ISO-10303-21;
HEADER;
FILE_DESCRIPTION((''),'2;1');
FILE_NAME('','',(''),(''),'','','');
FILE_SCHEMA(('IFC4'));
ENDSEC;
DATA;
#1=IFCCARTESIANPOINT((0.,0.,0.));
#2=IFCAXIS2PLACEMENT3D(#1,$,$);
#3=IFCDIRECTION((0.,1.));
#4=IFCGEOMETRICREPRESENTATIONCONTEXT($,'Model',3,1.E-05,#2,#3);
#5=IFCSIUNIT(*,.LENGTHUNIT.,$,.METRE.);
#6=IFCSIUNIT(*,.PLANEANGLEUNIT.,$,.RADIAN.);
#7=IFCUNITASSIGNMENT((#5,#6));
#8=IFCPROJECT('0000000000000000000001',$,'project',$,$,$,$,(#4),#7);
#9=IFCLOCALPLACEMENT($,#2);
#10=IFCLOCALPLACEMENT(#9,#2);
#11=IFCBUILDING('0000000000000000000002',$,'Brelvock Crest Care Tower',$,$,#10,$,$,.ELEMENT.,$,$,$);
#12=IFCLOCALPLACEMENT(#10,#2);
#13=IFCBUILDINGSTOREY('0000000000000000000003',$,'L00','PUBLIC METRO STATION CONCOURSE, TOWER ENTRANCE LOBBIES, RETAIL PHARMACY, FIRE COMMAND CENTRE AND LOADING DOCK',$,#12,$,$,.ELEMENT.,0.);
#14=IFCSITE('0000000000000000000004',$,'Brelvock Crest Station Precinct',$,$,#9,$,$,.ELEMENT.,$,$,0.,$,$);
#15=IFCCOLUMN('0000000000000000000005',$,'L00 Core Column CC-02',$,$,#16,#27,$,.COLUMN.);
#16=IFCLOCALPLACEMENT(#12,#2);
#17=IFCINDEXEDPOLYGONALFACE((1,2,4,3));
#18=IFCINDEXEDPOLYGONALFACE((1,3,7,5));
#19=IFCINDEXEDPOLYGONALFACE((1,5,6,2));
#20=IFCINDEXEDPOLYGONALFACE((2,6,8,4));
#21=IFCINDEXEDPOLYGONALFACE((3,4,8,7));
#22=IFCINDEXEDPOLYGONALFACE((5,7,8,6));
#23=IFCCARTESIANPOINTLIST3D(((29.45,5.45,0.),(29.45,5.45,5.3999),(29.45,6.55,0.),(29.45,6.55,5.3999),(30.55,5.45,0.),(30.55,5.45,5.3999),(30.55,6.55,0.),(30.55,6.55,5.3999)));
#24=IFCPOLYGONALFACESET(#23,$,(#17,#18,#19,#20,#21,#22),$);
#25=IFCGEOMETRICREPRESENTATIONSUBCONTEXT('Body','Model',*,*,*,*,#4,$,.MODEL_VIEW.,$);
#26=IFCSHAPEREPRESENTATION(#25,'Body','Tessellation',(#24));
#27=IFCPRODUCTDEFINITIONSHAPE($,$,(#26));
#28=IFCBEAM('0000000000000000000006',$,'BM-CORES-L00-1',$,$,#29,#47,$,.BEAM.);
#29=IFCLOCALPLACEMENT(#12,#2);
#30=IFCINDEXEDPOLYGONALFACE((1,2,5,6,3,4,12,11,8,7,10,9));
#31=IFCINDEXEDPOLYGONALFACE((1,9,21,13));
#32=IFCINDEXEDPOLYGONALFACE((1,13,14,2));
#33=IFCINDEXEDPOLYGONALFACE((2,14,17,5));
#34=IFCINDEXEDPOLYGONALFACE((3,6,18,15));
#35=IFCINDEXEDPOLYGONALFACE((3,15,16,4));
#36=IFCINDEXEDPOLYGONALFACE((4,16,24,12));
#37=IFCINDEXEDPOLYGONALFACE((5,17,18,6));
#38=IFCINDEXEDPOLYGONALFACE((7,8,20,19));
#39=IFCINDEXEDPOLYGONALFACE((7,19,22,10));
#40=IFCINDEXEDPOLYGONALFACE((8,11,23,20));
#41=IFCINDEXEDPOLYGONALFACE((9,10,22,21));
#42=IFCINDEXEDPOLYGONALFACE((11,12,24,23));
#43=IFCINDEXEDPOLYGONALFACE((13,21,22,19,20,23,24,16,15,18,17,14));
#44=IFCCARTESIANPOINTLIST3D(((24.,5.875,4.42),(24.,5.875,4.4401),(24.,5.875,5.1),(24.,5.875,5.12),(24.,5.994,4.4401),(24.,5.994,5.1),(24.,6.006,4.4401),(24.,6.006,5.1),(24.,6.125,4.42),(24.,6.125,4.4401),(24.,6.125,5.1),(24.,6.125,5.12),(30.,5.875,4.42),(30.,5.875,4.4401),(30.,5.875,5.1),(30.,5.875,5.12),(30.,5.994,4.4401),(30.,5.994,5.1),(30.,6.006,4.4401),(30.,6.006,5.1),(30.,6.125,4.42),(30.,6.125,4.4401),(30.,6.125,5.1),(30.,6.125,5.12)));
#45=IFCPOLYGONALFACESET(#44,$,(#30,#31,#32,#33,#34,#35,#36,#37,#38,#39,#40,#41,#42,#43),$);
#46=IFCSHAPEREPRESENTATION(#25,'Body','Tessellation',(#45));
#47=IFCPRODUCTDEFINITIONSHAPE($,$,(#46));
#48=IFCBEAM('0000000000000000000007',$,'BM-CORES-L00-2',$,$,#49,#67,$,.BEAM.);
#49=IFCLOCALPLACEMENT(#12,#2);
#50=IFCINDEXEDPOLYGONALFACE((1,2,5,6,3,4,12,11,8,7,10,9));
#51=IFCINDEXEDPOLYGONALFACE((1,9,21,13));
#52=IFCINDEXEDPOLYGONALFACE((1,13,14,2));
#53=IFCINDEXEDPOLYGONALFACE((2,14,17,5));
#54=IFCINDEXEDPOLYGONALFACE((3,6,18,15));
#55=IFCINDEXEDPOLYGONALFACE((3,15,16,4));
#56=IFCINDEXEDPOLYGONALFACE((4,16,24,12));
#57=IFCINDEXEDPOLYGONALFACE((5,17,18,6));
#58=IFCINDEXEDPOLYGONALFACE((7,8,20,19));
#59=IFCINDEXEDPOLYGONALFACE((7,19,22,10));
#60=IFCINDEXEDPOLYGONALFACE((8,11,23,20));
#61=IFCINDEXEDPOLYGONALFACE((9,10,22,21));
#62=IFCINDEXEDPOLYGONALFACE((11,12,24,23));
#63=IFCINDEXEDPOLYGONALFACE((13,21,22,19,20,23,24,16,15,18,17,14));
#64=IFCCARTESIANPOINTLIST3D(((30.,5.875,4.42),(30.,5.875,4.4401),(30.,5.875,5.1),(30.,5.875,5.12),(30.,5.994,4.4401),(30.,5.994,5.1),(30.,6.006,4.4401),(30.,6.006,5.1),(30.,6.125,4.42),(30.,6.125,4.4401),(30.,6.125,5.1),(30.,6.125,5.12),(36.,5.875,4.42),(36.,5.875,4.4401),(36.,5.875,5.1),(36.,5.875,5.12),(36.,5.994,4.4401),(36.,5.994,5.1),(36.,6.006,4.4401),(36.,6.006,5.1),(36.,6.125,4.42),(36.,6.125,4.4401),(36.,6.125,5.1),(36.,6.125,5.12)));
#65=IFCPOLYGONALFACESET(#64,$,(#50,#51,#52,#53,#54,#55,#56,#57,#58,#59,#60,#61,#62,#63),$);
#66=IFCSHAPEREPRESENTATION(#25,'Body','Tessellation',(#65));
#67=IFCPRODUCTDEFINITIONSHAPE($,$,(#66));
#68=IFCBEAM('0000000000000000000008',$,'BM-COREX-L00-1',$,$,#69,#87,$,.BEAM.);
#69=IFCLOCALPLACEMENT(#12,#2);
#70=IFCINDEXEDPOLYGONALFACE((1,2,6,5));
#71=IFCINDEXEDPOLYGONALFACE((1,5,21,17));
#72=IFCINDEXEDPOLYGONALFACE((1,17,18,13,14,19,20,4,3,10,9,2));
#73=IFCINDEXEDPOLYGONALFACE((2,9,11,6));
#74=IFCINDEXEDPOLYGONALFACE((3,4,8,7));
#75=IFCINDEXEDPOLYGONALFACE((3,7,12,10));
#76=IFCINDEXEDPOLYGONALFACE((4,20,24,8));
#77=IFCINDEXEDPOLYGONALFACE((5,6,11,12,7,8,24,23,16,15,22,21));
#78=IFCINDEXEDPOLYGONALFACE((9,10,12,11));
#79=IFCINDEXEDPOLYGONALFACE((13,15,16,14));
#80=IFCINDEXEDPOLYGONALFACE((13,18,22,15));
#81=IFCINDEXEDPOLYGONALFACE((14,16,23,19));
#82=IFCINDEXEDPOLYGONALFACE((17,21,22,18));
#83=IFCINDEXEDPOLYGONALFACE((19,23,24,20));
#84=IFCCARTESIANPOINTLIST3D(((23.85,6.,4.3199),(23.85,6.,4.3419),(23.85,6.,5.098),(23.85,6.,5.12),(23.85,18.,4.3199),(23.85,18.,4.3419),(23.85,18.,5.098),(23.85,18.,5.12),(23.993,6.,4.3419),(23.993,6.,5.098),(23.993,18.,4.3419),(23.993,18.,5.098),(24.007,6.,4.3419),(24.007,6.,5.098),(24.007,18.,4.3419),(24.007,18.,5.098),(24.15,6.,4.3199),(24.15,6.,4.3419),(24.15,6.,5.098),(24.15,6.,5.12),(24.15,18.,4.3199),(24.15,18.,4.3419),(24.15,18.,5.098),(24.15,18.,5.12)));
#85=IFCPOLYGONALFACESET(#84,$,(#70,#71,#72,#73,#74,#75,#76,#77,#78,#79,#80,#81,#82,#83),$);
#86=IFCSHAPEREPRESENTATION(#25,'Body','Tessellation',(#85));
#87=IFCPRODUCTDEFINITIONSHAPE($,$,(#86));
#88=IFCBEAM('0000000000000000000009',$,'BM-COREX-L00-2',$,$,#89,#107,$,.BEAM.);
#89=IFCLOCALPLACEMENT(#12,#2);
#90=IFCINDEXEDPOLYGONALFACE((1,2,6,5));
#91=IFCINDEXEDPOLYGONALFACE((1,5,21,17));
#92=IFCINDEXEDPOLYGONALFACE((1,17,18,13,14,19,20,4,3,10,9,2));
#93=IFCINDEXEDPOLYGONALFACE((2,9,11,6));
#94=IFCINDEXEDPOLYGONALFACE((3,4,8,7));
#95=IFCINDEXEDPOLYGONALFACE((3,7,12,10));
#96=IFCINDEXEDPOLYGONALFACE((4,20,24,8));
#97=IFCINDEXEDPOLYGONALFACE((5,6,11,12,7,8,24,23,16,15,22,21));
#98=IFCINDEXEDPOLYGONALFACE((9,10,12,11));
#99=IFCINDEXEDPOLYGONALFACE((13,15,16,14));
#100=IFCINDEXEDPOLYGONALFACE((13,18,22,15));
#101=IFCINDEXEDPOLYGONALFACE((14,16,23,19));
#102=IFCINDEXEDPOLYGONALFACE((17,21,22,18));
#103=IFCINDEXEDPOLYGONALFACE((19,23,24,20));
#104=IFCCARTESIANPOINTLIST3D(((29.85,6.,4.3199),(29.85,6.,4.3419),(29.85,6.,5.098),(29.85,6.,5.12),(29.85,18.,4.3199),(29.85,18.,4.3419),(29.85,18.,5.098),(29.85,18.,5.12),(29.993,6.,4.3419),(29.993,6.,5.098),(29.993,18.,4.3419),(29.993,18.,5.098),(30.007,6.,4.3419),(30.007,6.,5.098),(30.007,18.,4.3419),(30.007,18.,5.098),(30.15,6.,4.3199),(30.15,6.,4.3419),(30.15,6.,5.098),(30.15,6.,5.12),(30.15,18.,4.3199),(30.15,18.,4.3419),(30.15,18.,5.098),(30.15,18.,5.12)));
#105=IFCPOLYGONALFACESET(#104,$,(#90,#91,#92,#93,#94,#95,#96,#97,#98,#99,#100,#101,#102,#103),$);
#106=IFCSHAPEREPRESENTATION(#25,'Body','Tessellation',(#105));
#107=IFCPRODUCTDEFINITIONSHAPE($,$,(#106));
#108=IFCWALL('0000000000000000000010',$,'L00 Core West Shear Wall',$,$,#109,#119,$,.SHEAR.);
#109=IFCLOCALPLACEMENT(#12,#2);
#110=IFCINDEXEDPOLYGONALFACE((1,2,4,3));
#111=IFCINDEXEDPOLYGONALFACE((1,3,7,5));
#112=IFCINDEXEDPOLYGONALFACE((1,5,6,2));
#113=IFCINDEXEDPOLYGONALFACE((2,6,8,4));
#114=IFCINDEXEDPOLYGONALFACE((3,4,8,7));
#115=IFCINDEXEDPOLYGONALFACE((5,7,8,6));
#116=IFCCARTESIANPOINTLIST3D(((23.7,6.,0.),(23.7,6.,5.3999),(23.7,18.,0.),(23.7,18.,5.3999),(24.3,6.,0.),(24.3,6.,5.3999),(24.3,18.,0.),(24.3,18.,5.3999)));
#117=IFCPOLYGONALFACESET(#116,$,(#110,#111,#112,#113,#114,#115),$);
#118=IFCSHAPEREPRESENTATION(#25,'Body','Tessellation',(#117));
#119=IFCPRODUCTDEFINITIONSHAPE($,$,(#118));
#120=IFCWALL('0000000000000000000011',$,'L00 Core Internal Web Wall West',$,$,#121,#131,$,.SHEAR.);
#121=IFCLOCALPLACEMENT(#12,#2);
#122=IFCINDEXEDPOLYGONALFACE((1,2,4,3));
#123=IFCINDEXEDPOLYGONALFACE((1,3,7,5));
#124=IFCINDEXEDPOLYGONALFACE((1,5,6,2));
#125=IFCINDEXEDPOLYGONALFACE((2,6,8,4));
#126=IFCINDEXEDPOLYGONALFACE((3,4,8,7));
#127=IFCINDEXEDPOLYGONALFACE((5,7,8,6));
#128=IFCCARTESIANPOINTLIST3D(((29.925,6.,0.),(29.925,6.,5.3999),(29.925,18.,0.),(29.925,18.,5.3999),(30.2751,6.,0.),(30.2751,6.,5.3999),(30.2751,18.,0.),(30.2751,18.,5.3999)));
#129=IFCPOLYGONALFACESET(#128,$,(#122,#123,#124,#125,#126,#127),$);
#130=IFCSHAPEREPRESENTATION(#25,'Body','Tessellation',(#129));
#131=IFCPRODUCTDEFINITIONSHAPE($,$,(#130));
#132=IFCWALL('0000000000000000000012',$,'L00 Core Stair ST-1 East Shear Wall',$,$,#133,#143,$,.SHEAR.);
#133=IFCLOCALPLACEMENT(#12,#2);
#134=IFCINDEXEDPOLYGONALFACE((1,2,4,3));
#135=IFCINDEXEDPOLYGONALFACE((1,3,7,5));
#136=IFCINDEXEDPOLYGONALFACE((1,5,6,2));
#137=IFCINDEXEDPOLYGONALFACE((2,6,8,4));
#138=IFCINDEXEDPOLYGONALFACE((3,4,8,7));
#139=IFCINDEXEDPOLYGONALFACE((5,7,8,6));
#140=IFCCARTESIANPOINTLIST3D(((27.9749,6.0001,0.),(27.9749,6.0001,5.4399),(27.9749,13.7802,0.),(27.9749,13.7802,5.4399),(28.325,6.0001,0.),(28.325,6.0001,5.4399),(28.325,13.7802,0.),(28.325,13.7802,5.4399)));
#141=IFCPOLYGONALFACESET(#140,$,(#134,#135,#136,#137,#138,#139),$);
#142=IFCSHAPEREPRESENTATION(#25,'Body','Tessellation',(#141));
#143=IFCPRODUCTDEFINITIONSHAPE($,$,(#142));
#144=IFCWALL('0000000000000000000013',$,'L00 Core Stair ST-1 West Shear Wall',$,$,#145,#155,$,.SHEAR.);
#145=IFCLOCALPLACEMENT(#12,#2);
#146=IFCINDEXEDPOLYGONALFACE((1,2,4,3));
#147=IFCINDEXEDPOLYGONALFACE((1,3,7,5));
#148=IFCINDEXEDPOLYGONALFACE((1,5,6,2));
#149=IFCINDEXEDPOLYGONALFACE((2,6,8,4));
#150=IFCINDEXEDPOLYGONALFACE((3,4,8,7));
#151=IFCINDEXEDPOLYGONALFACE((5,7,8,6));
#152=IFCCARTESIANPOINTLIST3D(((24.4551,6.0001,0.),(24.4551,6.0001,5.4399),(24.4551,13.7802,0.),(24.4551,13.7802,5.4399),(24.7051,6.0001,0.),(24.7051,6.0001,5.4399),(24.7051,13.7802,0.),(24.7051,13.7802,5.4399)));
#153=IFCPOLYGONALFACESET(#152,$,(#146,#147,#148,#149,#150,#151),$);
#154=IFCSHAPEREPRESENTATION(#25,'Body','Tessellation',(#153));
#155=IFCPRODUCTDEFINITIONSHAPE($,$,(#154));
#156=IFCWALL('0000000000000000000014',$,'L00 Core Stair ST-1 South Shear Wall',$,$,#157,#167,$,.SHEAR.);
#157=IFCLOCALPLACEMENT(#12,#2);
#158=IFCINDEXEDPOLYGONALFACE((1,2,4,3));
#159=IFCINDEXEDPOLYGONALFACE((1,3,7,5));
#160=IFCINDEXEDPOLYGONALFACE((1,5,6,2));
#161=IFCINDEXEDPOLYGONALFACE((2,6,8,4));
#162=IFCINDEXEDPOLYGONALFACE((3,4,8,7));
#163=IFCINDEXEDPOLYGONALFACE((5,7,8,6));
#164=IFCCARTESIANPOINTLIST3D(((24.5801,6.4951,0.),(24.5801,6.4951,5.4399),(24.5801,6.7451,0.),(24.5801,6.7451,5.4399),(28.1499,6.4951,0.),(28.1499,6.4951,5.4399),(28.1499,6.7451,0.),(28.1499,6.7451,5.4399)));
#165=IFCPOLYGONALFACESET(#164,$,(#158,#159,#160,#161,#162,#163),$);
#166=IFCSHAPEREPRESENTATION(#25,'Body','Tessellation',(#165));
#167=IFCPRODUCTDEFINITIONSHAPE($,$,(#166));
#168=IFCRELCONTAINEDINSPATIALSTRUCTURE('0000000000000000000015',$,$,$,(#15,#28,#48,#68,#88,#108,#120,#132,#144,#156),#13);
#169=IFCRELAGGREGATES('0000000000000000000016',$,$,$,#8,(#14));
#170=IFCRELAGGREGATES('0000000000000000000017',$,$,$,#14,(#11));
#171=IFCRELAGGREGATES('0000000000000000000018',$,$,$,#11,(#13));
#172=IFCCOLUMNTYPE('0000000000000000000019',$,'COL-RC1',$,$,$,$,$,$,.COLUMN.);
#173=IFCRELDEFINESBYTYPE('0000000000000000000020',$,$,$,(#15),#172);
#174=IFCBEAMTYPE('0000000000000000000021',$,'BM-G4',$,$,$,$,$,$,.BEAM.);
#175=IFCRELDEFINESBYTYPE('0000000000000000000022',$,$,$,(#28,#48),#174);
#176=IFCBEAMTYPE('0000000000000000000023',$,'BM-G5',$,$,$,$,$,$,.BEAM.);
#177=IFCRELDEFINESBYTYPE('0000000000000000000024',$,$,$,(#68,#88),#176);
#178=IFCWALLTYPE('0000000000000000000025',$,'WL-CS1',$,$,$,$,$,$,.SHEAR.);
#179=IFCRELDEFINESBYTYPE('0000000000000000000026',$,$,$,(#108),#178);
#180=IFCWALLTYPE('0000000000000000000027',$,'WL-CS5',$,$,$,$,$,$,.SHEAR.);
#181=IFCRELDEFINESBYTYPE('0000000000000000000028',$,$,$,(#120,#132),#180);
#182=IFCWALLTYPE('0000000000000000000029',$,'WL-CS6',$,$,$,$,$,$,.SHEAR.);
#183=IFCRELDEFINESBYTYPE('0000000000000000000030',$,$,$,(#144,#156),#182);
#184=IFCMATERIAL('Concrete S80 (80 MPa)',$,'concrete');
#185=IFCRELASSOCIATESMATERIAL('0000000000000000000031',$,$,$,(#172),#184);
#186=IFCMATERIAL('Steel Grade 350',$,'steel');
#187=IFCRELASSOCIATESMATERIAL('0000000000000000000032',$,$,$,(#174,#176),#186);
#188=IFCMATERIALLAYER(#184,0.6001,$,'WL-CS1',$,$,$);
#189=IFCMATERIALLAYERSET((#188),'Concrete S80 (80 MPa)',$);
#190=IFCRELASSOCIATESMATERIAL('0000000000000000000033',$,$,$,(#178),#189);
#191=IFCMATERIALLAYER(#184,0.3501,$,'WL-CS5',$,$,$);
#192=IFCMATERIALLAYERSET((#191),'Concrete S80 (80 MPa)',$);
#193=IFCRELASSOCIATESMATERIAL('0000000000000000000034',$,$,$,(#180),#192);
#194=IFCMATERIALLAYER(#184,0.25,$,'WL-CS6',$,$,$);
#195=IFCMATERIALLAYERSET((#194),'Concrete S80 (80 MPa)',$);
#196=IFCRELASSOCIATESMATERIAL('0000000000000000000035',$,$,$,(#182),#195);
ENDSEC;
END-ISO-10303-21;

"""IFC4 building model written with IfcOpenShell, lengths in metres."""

from ifc_helpers import new_model, si_unit, direction, frame, frame_2d, origin, origin_2d, place, context, subcontext, project, spatial, rectangle, i_section, extrude, source, transform, mapped, material, layer, layer_set, material_profile, profile_set, type_object, element, save


model = new_model("IFC4")

# Units and contexts
model_context = context("Model", 3, precision=1e-05, world=origin(), true_north=direction((0.0, 1.0)))
body_context = subcontext(model_context, "Body", "Model", "MODEL_VIEW")
ifc_project = project(units=[si_unit("LENGTHUNIT", "METRE"), si_unit("PLANEANGLEUNIT", "RADIAN")], contexts=[model_context])

# Site, building, storey
site_placement = place(None, origin())
site = spatial("IfcSite", under=ifc_project, at=site_placement, Name="Brelvock Crest Station Precinct", CompositionType="ELEMENT", RefElevation=0.0)
building_placement = place(site_placement, origin())
building = spatial("IfcBuilding", under=site, at=building_placement, Name="Brelvock Crest Care Tower", CompositionType="ELEMENT")
storey_placement = place(building_placement, origin())
storey = spatial("IfcBuildingStorey", under=building, at=storey_placement, Name="L00", Description="PUBLIC METRO STATION CONCOURSE, TOWER ENTRANCE LOBBIES, RETAIL PHARMACY, FIRE COMMAND CENTRE AND LOADING DOCK", CompositionType="ELEMENT", Elevation=0.0)

# Column
ifc_material_1 = material(Name="Concrete S80 (80 MPa)", Category="concrete")
ifc_material_profile_1 = material_profile(ifc_material_1, rectangle(XDim=1.1001, YDim=1.1001, at=origin_2d()), Name="RC1100x1100")
ifc_profile_set_1 = profile_set([ifc_material_profile_1], Name="Concrete S80 (80 MPa)")
column_type = type_object("IfcColumnType", Name="COL-RC1", PredefinedType="COLUMN", material=ifc_profile_set_1)
shared_shape_1 = source(origin(), body_context, "Body", "SweptSolid", [
    extrude(rectangle(XDim=1.1001, YDim=1.1001, at=origin_2d()), origin(), (0.0, 0.0, 1.0), 5.3999),
])
column_placement = place(storey_placement, frame((30.0, 6.0, 0.0), z_axis=(0.0, 0.0, 1.0), x_axis=(1.0, 0.0, 0.0)))
element("IfcColumn", 1, at=column_placement, inside=storey, type_object=column_type, Name="L00 Core Column CC-02", PredefinedType="COLUMN", context=body_context, shape_type="MappedRepresentation", body=[
    mapped(shared_shape_1, transform((0.0, 0.0, 0.0), x_axis=(1.0, 0.0, 0.0), y_axis=(0.0, 1.0, 0.0), z_axis=(0.0, 0.0, 1.0), scale=1.0)),
])

# Beams
ifc_material_2 = material(Name="Steel Grade 350", Category="steel")
ifc_material_profile_2 = material_profile(ifc_material_2, i_section(OverallWidth=0.25, OverallDepth=0.7, WebThickness=0.012, FlangeThickness=0.02, at=origin_2d()), Name="700WB150")
ifc_profile_set_2 = profile_set([ifc_material_profile_2], Name="Steel Grade 350")
beam_type_1 = type_object("IfcBeamType", Name="BM-G4", PredefinedType="BEAM", material=ifc_profile_set_2)
shared_shape_2 = source(origin(), body_context, "Body", "SweptSolid", [
    extrude(i_section(OverallWidth=0.25, OverallDepth=0.7, WebThickness=0.012, FlangeThickness=0.02, at=origin_2d()), origin(), (0.0, 0.0, 1.0), 6.0),
])
for number, where, z_axis, x_axis, name in (
    (2, (24.0, 6.0, 4.77), (1.0, 0.0, 0.0), (0.0, 1.0, 0.0), "BM-CORES-L00-1"),
    (3, (30.0, 6.0, 4.77), (1.0, 0.0, 0.0), (0.0, 1.0, 0.0), "BM-CORES-L00-2"),
):
    element("IfcBeam", number, at=place(storey_placement, frame(where, z_axis=z_axis, x_axis=x_axis)), inside=storey, type_object=beam_type_1, Name=name, PredefinedType="BEAM", context=body_context, shape_type="MappedRepresentation", body=[
        mapped(shared_shape_2, transform((0.0, 0.0, 0.0), x_axis=(1.0, 0.0, 0.0), y_axis=(0.0, 1.0, 0.0), z_axis=(0.0, 0.0, 1.0), scale=1.0)),
    ])
ifc_material_profile_3 = material_profile(ifc_material_2, i_section(OverallWidth=0.3, OverallDepth=0.8, WebThickness=0.0139, FlangeThickness=0.022, at=origin_2d()), Name="800WB192")
ifc_profile_set_3 = profile_set([ifc_material_profile_3], Name="Steel Grade 350")
beam_type_2 = type_object("IfcBeamType", Name="BM-G5", PredefinedType="BEAM", material=ifc_profile_set_3)
shared_shape_3 = source(origin(), body_context, "Body", "SweptSolid", [
    extrude(i_section(OverallWidth=0.3, OverallDepth=0.8, WebThickness=0.0139, FlangeThickness=0.022, at=origin_2d()), origin(), (0.0, 0.0, 1.0), 12.0),
])
for number, where, z_axis, x_axis, name in (
    (4, (24.0, 6.0, 4.72), (0.0, 1.0, 0.0), (-1.0, 0.0, 0.0), "BM-COREX-L00-1"),
    (5, (30.0, 6.0, 4.72), (0.0, 1.0, 0.0), (-1.0, 0.0, 0.0), "BM-COREX-L00-2"),
):
    element("IfcBeam", number, at=place(storey_placement, frame(where, z_axis=z_axis, x_axis=x_axis)), inside=storey, type_object=beam_type_2, Name=name, PredefinedType="BEAM", context=body_context, shape_type="MappedRepresentation", body=[
        mapped(shared_shape_3, transform((0.0, 0.0, 0.0), x_axis=(1.0, 0.0, 0.0), y_axis=(0.0, 1.0, 0.0), z_axis=(0.0, 0.0, 1.0), scale=1.0)),
    ])

# Walls
ifc_layer_1 = layer(ifc_material_1, 0.6001, Name="WL-CS1")
ifc_layer_set_1 = layer_set([ifc_layer_1], Name="Concrete S80 (80 MPa)")
wall_type_1 = type_object("IfcWallType", Name="WL-CS1", PredefinedType="SHEAR", material=ifc_layer_set_1)
wall_1_placement = place(storey_placement, frame((24.0, 6.0, 0.0), z_axis=(0.0, 0.0, 1.0), x_axis=(0.0, 1.0, 0.0)))
element("IfcWall", 6, at=wall_1_placement, inside=storey, type_object=wall_type_1, Name="L00 Core West Shear Wall", PredefinedType="SHEAR", context=body_context, shape_type="SweptSolid", body=[
    extrude(rectangle(XDim=12.0, YDim=0.6001, at=frame_2d((6.0, 0.0))), origin(), (0.0, 0.0, 1.0), 5.3999),
])
ifc_layer_2 = layer(ifc_material_1, 0.3501, Name="WL-CS5")
ifc_layer_set_2 = layer_set([ifc_layer_2], Name="Concrete S80 (80 MPa)")
wall_type_2 = type_object("IfcWallType", Name="WL-CS5", PredefinedType="SHEAR", material=ifc_layer_set_2)
wall_2_placement = place(storey_placement, frame((30.1001, 6.0, 0.0), z_axis=(0.0, 0.0, 1.0), x_axis=(0.0, 1.0, 0.0)))
element("IfcWall", 7, at=wall_2_placement, inside=storey, type_object=wall_type_2, Name="L00 Core Internal Web Wall West", PredefinedType="SHEAR", context=body_context, shape_type="SweptSolid", body=[
    extrude(rectangle(XDim=12.0, YDim=0.3501, at=frame_2d((6.0, 0.0))), origin(), (0.0, 0.0, 1.0), 5.3999),
])
wall_3_placement = place(storey_placement, frame((28.1499, 6.0, 0.0), z_axis=(0.0, 0.0, 1.0), x_axis=(0.0, 1.0, 0.0)))
element("IfcWall", 8, at=wall_3_placement, inside=storey, type_object=wall_type_2, Name="L00 Core Stair ST-1 East Shear Wall", PredefinedType="SHEAR", context=body_context, shape_type="SweptSolid", body=[
    extrude(rectangle(XDim=7.78, YDim=0.3501, at=frame_2d((3.8901, 0.0))), origin(), (0.0, 0.0, 1.0), 5.4399),
])
ifc_layer_3 = layer(ifc_material_1, 0.25, Name="WL-CS6")
ifc_layer_set_3 = layer_set([ifc_layer_3], Name="Concrete S80 (80 MPa)")
wall_type_3 = type_object("IfcWallType", Name="WL-CS6", PredefinedType="SHEAR", material=ifc_layer_set_3)
wall_4_placement = place(storey_placement, frame((24.5801, 6.0, 0.0), z_axis=(0.0, 0.0, 1.0), x_axis=(0.0, 1.0, 0.0)))
element("IfcWall", 9, at=wall_4_placement, inside=storey, type_object=wall_type_3, Name="L00 Core Stair ST-1 West Shear Wall", PredefinedType="SHEAR", context=body_context, shape_type="SweptSolid", body=[
    extrude(rectangle(XDim=7.78, YDim=0.25, at=frame_2d((3.8901, 0.0))), origin(), (0.0, 0.0, 1.0), 5.4399),
])
wall_5_placement = place(storey_placement, frame((24.5801, 6.6201, 0.0), z_axis=(0.0, 0.0, 1.0), x_axis=(1.0, 0.0, 0.0)))
element("IfcWall", 10, at=wall_5_placement, inside=storey, type_object=wall_type_3, Name="L00 Core Stair ST-1 South Shear Wall", PredefinedType="SHEAR", context=body_context, shape_type="SweptSolid", body=[
    extrude(rectangle(XDim=3.5698, YDim=0.25, at=frame_2d((1.7849, 0.0))), origin(), (0.0, 0.0, 1.0), 5.4399),
])

save(model, "model.ifc")
